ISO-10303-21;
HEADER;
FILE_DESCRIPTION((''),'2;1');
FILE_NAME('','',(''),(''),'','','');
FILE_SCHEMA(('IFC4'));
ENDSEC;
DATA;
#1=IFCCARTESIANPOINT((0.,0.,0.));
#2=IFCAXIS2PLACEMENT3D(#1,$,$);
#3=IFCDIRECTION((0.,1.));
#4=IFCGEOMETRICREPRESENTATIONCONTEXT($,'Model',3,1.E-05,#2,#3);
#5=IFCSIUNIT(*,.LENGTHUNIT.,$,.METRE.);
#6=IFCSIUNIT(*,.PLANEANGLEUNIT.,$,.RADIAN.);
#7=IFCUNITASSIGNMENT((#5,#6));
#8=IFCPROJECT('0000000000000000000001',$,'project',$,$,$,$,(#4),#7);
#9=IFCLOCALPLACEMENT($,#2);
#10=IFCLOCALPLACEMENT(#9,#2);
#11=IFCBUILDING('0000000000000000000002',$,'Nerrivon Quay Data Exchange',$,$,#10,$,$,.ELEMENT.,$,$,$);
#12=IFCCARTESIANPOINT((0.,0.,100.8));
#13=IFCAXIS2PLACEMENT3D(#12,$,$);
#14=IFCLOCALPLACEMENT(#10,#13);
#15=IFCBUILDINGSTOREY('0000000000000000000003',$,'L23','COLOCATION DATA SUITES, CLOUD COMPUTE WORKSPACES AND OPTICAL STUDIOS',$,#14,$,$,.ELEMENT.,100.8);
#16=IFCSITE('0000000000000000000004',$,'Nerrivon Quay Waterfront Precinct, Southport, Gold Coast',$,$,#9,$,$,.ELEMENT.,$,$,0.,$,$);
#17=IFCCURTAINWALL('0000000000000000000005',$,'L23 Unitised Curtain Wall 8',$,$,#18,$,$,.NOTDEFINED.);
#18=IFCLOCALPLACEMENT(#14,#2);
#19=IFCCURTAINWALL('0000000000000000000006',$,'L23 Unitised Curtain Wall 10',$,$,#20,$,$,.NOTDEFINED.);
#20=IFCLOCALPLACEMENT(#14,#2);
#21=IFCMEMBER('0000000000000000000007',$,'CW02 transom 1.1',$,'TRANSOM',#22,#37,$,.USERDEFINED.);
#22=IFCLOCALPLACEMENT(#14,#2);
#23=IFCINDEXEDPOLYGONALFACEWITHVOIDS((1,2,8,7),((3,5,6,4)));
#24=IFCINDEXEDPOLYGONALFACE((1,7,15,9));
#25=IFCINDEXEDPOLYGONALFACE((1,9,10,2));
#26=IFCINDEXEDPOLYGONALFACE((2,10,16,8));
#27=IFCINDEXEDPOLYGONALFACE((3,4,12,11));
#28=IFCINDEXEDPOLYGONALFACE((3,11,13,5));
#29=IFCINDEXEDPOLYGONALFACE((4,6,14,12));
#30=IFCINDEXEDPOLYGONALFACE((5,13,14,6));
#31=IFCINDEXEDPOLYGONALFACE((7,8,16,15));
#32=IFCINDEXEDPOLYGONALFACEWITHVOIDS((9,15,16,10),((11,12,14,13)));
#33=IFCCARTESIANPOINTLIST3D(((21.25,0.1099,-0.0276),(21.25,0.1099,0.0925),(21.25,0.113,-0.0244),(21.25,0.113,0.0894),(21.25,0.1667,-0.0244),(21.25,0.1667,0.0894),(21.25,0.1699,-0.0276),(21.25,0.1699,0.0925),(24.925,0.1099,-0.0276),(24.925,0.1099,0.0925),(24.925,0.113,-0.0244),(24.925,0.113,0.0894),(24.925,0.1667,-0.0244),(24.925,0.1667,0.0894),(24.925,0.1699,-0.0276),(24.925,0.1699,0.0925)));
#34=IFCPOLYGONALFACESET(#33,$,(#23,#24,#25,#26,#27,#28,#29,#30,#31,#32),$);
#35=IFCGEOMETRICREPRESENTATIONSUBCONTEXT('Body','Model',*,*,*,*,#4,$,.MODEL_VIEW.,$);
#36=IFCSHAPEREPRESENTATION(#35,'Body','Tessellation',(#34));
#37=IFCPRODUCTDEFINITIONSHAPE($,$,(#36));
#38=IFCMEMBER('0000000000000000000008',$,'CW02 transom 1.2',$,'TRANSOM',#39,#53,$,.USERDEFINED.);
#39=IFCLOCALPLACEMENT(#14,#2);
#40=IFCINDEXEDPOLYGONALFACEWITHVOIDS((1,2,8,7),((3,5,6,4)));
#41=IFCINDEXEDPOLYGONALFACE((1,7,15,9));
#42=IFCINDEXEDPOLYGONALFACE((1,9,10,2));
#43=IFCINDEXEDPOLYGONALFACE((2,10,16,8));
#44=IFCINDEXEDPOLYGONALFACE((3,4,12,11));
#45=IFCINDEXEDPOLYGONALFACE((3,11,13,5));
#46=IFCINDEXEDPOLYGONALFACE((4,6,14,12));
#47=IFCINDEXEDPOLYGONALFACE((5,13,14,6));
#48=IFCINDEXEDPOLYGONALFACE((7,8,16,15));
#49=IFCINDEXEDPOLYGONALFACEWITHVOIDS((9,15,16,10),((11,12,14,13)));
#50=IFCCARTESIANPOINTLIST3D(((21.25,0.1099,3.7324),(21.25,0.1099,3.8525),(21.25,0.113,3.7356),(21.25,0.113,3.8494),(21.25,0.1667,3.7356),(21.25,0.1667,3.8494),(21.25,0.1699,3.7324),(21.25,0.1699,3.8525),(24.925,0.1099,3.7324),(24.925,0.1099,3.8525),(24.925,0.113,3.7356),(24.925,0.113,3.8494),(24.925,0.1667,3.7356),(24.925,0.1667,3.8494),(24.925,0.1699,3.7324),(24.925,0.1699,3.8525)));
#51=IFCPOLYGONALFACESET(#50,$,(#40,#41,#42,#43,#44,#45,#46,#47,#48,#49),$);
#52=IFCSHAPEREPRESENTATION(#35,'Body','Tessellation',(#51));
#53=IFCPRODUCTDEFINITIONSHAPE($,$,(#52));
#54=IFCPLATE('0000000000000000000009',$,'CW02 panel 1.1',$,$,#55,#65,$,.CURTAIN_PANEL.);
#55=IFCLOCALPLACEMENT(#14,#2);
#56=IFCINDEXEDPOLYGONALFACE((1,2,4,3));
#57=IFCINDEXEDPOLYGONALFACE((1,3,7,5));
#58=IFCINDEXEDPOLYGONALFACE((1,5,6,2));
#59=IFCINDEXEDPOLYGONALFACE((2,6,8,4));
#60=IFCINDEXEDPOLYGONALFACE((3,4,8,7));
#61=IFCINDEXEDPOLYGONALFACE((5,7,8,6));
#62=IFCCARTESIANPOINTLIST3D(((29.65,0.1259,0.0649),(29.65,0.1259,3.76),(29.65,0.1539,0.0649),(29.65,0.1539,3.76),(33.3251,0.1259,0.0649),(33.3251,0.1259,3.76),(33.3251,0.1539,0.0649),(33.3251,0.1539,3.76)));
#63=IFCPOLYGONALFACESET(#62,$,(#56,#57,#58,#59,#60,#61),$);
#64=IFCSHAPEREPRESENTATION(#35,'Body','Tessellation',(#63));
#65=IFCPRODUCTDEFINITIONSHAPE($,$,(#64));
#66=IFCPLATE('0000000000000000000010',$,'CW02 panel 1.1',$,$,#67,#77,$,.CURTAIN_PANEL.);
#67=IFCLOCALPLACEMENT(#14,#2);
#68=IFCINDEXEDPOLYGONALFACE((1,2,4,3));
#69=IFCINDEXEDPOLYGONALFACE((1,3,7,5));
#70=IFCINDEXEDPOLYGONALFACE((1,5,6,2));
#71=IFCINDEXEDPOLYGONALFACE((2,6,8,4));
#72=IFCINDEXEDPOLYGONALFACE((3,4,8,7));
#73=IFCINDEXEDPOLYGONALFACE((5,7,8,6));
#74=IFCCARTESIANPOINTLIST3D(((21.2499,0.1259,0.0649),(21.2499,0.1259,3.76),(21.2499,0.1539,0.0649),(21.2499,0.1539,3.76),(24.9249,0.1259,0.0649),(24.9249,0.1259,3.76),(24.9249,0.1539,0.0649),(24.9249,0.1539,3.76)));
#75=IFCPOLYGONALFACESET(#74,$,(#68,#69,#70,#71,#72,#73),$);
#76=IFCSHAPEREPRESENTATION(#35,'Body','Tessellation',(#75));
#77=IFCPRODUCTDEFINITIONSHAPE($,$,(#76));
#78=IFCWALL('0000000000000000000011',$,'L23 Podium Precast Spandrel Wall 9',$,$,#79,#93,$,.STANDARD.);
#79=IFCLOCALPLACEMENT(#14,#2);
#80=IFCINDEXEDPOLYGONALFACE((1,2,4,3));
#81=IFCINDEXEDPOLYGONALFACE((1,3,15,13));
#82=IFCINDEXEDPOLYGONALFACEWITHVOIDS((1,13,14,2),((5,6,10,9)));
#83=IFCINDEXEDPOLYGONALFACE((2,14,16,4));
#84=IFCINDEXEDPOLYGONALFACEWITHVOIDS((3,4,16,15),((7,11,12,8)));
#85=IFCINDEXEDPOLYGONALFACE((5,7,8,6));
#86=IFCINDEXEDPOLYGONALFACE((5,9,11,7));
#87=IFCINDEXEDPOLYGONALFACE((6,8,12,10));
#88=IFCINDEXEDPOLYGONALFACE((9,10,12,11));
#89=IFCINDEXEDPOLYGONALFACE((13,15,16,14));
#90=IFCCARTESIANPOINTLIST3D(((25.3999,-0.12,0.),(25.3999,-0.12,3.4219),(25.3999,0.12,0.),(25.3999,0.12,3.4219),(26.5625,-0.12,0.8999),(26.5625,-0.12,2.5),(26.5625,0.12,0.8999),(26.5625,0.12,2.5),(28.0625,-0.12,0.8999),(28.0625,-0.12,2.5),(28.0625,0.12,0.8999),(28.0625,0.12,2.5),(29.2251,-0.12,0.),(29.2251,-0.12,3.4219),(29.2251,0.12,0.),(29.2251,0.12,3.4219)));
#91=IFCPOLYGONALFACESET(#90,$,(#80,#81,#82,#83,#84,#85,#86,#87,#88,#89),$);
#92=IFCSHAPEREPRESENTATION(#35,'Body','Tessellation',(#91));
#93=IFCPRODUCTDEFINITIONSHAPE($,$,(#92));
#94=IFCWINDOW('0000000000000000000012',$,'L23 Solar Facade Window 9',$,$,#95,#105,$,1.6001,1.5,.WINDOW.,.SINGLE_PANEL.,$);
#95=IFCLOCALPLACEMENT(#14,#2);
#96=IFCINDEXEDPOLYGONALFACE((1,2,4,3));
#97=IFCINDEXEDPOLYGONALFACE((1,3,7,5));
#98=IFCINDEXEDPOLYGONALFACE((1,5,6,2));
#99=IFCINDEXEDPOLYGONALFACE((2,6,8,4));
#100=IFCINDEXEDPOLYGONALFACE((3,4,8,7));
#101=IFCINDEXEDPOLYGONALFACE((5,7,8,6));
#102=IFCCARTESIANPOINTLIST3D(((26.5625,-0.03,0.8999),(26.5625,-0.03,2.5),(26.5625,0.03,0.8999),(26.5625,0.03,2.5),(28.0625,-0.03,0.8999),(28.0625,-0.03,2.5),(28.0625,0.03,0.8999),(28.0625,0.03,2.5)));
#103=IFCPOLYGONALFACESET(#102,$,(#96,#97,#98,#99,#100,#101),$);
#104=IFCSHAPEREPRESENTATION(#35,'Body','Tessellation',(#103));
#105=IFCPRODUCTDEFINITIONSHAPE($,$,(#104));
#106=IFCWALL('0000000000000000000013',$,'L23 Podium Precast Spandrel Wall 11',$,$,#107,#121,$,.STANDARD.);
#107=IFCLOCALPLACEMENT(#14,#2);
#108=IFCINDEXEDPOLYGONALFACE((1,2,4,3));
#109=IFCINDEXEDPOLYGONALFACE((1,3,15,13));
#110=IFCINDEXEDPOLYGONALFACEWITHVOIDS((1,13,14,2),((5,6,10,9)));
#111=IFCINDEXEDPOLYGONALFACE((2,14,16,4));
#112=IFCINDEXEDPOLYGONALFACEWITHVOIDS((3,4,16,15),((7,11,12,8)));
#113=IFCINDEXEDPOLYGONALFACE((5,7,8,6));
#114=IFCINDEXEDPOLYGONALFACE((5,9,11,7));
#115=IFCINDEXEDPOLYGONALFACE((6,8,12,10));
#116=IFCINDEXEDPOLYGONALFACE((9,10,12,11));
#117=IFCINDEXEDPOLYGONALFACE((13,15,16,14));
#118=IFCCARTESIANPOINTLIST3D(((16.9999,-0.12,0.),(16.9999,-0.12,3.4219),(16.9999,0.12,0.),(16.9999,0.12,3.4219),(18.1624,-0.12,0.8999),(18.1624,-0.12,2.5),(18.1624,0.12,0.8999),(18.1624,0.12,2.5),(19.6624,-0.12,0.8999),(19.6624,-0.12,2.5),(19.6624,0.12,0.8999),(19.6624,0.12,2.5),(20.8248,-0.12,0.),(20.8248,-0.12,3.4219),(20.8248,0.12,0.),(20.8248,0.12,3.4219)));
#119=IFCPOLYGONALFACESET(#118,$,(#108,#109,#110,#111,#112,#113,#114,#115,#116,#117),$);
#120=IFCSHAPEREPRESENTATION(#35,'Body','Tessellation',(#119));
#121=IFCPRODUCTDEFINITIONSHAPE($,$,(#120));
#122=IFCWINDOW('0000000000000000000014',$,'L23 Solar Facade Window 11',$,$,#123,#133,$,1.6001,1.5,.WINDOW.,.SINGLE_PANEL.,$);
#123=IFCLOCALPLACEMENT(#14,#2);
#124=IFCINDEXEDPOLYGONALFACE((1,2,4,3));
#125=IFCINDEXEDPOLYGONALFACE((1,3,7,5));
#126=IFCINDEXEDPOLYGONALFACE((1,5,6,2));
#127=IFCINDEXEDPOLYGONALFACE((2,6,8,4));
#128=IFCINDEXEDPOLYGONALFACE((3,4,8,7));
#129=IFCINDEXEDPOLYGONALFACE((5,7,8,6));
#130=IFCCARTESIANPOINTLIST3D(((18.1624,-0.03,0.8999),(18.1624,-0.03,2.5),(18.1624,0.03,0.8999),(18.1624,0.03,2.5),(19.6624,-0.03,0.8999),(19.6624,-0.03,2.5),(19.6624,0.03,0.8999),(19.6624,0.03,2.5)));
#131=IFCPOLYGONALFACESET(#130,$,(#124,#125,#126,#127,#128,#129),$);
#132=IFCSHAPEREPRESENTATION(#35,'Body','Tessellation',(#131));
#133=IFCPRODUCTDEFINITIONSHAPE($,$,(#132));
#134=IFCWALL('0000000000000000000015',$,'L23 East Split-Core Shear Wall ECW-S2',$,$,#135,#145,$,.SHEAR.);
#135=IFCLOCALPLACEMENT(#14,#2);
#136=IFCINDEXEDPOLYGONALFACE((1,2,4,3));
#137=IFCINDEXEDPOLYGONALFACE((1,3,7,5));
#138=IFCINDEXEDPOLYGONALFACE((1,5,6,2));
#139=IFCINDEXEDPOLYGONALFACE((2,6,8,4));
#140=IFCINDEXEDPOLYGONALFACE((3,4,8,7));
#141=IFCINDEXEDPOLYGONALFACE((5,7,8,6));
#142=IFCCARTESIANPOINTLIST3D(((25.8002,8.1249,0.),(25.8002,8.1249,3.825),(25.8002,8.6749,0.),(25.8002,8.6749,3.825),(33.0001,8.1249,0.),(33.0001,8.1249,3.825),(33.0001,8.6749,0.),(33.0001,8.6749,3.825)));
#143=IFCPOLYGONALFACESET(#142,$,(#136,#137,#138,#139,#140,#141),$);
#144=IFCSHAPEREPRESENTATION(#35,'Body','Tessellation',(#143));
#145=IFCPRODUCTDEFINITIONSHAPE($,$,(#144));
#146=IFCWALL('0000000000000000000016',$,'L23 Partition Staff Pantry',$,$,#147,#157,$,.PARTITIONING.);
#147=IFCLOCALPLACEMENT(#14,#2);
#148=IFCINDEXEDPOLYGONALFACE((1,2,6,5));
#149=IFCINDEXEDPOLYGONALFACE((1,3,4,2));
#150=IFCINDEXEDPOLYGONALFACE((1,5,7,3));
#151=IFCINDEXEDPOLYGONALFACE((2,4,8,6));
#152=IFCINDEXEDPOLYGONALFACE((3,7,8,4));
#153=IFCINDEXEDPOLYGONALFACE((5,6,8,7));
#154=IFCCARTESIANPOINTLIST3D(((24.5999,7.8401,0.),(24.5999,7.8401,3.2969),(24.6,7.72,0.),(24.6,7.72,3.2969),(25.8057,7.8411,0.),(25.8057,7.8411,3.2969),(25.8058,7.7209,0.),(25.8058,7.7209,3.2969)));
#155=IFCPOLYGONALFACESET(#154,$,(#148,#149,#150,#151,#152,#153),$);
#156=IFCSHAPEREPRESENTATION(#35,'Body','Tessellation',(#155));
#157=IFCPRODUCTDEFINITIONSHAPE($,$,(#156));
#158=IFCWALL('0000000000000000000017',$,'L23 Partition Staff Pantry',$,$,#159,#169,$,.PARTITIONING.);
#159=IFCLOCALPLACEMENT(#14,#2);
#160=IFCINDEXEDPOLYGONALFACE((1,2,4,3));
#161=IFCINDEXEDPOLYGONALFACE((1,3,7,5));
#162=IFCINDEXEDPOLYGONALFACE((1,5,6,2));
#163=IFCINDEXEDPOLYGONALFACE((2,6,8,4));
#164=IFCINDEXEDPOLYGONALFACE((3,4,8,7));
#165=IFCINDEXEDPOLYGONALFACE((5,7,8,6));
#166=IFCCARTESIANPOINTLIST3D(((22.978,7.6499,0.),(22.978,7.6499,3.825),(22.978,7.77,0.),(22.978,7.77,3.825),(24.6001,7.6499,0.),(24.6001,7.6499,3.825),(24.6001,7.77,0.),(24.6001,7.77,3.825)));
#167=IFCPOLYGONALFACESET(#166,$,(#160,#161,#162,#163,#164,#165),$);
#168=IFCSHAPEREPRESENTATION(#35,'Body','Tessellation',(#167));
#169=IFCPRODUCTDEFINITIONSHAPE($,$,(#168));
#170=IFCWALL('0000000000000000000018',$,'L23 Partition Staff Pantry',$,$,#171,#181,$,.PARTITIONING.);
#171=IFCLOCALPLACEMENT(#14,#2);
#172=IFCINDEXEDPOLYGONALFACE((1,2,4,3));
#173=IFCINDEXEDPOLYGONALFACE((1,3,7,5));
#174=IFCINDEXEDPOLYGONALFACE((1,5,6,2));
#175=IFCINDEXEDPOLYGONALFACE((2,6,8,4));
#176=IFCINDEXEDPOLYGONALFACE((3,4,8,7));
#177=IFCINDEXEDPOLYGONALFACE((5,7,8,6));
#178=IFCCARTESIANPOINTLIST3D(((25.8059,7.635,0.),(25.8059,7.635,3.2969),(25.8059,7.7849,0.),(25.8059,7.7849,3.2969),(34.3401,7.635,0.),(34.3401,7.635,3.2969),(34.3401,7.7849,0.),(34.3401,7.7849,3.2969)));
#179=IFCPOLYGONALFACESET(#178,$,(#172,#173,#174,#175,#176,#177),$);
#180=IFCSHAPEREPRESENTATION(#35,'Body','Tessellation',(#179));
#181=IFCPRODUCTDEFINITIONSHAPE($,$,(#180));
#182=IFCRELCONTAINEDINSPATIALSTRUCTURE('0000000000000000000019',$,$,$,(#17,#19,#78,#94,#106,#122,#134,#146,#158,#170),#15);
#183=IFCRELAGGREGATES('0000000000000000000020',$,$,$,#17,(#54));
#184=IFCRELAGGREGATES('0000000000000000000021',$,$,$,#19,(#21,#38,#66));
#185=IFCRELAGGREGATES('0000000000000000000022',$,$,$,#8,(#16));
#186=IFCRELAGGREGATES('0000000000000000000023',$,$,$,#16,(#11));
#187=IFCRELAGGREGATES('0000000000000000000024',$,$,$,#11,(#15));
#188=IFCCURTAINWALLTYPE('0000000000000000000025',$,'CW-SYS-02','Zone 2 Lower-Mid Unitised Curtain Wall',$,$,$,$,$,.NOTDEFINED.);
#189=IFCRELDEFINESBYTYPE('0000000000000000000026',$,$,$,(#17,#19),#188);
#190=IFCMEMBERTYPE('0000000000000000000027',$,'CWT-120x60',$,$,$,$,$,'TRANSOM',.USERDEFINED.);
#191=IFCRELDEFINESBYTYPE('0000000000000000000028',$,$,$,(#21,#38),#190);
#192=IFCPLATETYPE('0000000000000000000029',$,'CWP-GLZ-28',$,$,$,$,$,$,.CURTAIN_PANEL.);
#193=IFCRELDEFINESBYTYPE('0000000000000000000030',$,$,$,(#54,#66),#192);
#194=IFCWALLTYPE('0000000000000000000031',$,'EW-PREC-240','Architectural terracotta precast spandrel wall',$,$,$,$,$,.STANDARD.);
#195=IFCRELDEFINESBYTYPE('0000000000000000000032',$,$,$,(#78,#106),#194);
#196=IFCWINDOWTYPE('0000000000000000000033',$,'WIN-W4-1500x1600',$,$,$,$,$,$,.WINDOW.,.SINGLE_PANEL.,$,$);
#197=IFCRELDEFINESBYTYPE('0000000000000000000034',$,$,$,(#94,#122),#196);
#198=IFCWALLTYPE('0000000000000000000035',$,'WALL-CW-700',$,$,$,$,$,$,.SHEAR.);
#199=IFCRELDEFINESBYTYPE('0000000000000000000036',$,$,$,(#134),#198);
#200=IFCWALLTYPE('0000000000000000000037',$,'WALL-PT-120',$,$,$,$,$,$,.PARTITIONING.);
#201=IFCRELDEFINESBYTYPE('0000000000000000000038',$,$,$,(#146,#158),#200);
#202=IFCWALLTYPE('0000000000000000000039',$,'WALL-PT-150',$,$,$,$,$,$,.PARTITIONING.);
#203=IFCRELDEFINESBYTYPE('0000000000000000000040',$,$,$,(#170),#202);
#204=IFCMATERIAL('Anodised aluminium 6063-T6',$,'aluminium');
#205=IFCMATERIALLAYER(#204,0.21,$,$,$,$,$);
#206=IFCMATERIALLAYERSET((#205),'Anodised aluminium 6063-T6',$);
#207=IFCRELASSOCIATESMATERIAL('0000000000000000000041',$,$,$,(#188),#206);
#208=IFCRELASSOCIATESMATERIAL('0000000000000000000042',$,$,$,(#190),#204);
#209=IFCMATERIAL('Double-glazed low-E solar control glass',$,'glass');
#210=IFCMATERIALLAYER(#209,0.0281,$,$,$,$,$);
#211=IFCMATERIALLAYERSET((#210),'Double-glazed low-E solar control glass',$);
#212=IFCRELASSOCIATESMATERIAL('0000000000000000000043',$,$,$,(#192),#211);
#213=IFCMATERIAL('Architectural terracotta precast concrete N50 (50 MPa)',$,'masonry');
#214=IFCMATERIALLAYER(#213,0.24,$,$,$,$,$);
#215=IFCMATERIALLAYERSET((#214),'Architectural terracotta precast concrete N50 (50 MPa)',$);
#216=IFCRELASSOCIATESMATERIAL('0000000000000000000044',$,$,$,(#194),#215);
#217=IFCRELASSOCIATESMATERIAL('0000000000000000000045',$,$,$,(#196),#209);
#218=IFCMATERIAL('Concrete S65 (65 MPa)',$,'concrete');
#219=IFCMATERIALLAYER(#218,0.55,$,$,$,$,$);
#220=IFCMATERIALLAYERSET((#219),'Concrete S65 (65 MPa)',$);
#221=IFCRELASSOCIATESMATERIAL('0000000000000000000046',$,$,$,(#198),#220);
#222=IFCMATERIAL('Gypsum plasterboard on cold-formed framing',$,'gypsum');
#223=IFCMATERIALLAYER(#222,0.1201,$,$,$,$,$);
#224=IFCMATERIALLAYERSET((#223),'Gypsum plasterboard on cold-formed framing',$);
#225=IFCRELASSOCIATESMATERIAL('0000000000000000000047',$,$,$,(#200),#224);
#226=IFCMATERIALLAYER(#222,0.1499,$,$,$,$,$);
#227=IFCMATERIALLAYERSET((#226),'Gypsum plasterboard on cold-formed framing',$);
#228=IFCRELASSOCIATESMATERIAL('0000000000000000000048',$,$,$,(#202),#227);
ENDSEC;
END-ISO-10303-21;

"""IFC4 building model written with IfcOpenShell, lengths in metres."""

from ifc_helpers import new_model, si_unit, direction, frame, frame_2d, origin, origin_2d, place, context, subcontext, project, spatial, rectangle, hollow_rectangle, extrude, material, layer, layer_set, material_profile, profile_set, type_object, element, fill, aggregate, save


model = new_model("IFC4")

# Units and contexts
model_context = context("Model", 3, precision=1e-05, world=origin(), true_north=direction((0.0, 1.0)))
body_context = subcontext(model_context, "Body", "Model", "MODEL_VIEW")
ifc_project = project(units=[si_unit("LENGTHUNIT", "METRE"), si_unit("PLANEANGLEUNIT", "RADIAN")], contexts=[model_context])

# Site, building, storey
site_placement = place(None, origin())
site = spatial("IfcSite", under=ifc_project, at=site_placement, Name="Nerrivon Quay Waterfront Precinct, Southport, Gold Coast", CompositionType="ELEMENT", RefElevation=0.0)
building_placement = place(site_placement, origin())
building = spatial("IfcBuilding", under=site, at=building_placement, Name="Nerrivon Quay Data Exchange", CompositionType="ELEMENT")
storey_placement = place(building_placement, frame((0.0, 0.0, 100.8)))
storey = spatial("IfcBuildingStorey", under=building, at=storey_placement, Name="L23", Description="COLOCATION DATA SUITES, CLOUD COMPUTE WORKSPACES AND OPTICAL STUDIOS", CompositionType="ELEMENT", Elevation=100.8)

# Shared definitions
ifc_material_1 = material(Name="Concrete S65 (65 MPa)", Category="concrete")

# Curtain wall
ifc_material_2 = material(Name="Anodised aluminium 6063-T6", Category="aluminium")
ifc_layer_1 = layer(ifc_material_2, 0.21)
ifc_layer_set_1 = layer_set([ifc_layer_1], Name="Anodised aluminium 6063-T6")
curtain_wall_type = type_object("IfcCurtainWallType", Name="CW-SYS-02", Description="Zone 2 Lower-Mid Unitised Curtain Wall", PredefinedType="NOTDEFINED", material=ifc_layer_set_1)
curtain_wall_1_placement = place(storey_placement, origin())
curtain_wall_1 = element("IfcCurtainWall", 1, at=curtain_wall_1_placement, inside=storey, type_object=curtain_wall_type, Name="L23 Unitised Curtain Wall 8", PredefinedType="NOTDEFINED")

# Curtain wall, members
curtain_wall_2_placement = place(storey_placement, origin())
curtain_wall_2 = element("IfcCurtainWall", 2, at=curtain_wall_2_placement, inside=storey, type_object=curtain_wall_type, Name="L23 Unitised Curtain Wall 10", PredefinedType="NOTDEFINED")
ifc_material_profile_1 = material_profile(ifc_material_2, hollow_rectangle(XDim=0.0601, YDim=0.1201, WallThickness=0.0032, at=origin_2d()), Name="ALU-TRAN-120x60")
ifc_profile_set_1 = profile_set([ifc_material_profile_1], Name="Anodised aluminium 6063-T6")
member_type_1 = type_object("IfcMemberType", Name="CWT-120x60", ElementType="TRANSOM", PredefinedType="USERDEFINED", material=ifc_profile_set_1)
member_1_placement = place(storey_placement, frame((24.925, 0.1399, 0.0325), z_axis=(-1.0, 0.0, 0.0), x_axis=(0.0, -1.0, 0.0)))
member_1 = element("IfcMember", 3, at=member_1_placement, type_object=member_type_1, Name="CW02 transom 1.1", ObjectType="TRANSOM", PredefinedType="USERDEFINED", context=body_context, shape_type="SweptSolid", body=[
    extrude(hollow_rectangle(XDim=0.0601, YDim=0.1201, WallThickness=0.0032, at=origin_2d()), origin(), (0.0, 0.0, 1.0), 3.675),
])
member_2_placement = place(storey_placement, frame((24.925, 0.1399, 3.7925), z_axis=(-1.0, 0.0, 0.0), x_axis=(0.0, -1.0, 0.0)))
member_2 = element("IfcMember", 4, at=member_2_placement, type_object=member_type_1, Name="CW02 transom 1.2", ObjectType="TRANSOM", PredefinedType="USERDEFINED", context=body_context, shape_type="SweptSolid", body=[
    extrude(hollow_rectangle(XDim=0.0601, YDim=0.1201, WallThickness=0.0032, at=origin_2d()), origin(), (0.0, 0.0, 1.0), 3.675),
])

# Plates
ifc_material_3 = material(Name="Double-glazed low-E solar control glass", Category="glass")
ifc_layer_2 = layer(ifc_material_3, 0.0281)
ifc_layer_set_2 = layer_set([ifc_layer_2], Name="Double-glazed low-E solar control glass")
plate_type = type_object("IfcPlateType", Name="CWP-GLZ-28", PredefinedType="CURTAIN_PANEL", material=ifc_layer_set_2)
plate_1_placement = place(storey_placement, frame((31.4875, 0.1399, 0.0649), z_axis=(0.0, 0.0, 1.0), x_axis=(-1.0, 0.0, 0.0)))
plate_1 = element("IfcPlate", 5, at=plate_1_placement, type_object=plate_type, Name="CW02 panel 1.1", PredefinedType="CURTAIN_PANEL", context=body_context, shape_type="SweptSolid", body=[
    extrude(rectangle(XDim=3.675, YDim=0.0281, at=origin_2d()), origin(), (0.0, 0.0, 1.0), 3.6951),
])
aggregate(curtain_wall_1, [plate_1])
plate_2_placement = place(storey_placement, frame((23.0874, 0.1399, 0.0649), z_axis=(0.0, 0.0, 1.0), x_axis=(-1.0, 0.0, 0.0)))
plate_2 = element("IfcPlate", 6, at=plate_2_placement, type_object=plate_type, Name="CW02 panel 1.1", PredefinedType="CURTAIN_PANEL", context=body_context, shape_type="SweptSolid", body=[
    extrude(rectangle(XDim=3.675, YDim=0.0281, at=origin_2d()), origin(), (0.0, 0.0, 1.0), 3.6951),
])
aggregate(curtain_wall_2, [member_1, member_2, plate_2])

# Walls, openings, windows
ifc_material_4 = material(Name="Architectural terracotta precast concrete N50 (50 MPa)", Category="masonry")
ifc_layer_3 = layer(ifc_material_4, 0.24)
ifc_layer_set_3 = layer_set([ifc_layer_3], Name="Architectural terracotta precast concrete N50 (50 MPa)")
wall_type_1 = type_object("IfcWallType", Name="EW-PREC-240", Description="Architectural terracotta precast spandrel wall", PredefinedType="STANDARD", material=ifc_layer_set_3)
wall_1_placement = place(storey_placement, frame((29.2251, 0.0, 0.0), z_axis=(0.0, 0.0, 1.0), x_axis=(-1.0, 0.0, 0.0)))
wall_1 = element("IfcWall", 7, at=wall_1_placement, inside=storey, type_object=wall_type_1, Name="L23 Podium Precast Spandrel Wall 9", PredefinedType="STANDARD", context=body_context, shape_type="SweptSolid", body=[
    extrude(rectangle(XDim=3.8252, YDim=0.24, at=frame_2d((1.9126, 0.0))), origin(), (0.0, 0.0, 1.0), 3.4219),
])
opening_1_placement = place(wall_1_placement, frame((1.1626, 0.0, 0.8999)))
opening_1 = element("IfcOpeningElement", 8, at=opening_1_placement, cuts=wall_1, PredefinedType="OPENING", context=body_context, shape_type="SweptSolid", body=[
    extrude(rectangle(XDim=1.5, YDim=1.6001, at=frame_2d((0.75, 0.8))), frame((0.0, 0.1299, 0.0), z_axis=(0.0, -1.0, 0.0), x_axis=(1.0, 0.0, 0.0)), (0.0, 0.0, 1.0), 0.26),
])
window_type = type_object("IfcWindowType", Name="WIN-W4-1500x1600", PartitioningType="SINGLE_PANEL", PredefinedType="WINDOW", material=ifc_material_3)
window_1_placement = place(opening_1_placement, origin())
window_1 = element("IfcWindow", 9, at=window_1_placement, inside=storey, type_object=window_type, Name="L23 Solar Facade Window 9", OverallHeight=1.6001, OverallWidth=1.5, PartitioningType="SINGLE_PANEL", PredefinedType="WINDOW", context=body_context, shape_type="SweptSolid", body=[
    extrude(rectangle(XDim=1.5, YDim=1.6001, at=frame_2d((0.75, 0.8))), frame((0.0, 0.03, 0.0), z_axis=(0.0, -1.0, 0.0), x_axis=(1.0, 0.0, 0.0)), (0.0, 0.0, 1.0), 0.0601),
])
fill(opening_1, window_1)
wall_2_placement = place(storey_placement, frame((20.825, 0.0, 0.0), z_axis=(0.0, 0.0, 1.0), x_axis=(-1.0, 0.0, 0.0)))
wall_2 = element("IfcWall", 10, at=wall_2_placement, inside=storey, type_object=wall_type_1, Name="L23 Podium Precast Spandrel Wall 11", PredefinedType="STANDARD", context=body_context, shape_type="SweptSolid", body=[
    extrude(rectangle(XDim=3.825, YDim=0.24, at=frame_2d((1.9126, 0.0))), origin(), (0.0, 0.0, 1.0), 3.4219),
])
opening_2_placement = place(wall_2_placement, frame((1.1626, 0.0, 0.8999)))
opening_2 = element("IfcOpeningElement", 11, at=opening_2_placement, cuts=wall_2, PredefinedType="OPENING", context=body_context, shape_type="SweptSolid", body=[
    extrude(rectangle(XDim=1.5, YDim=1.6001, at=frame_2d((0.75, 0.8))), frame((0.0, 0.1299, 0.0), z_axis=(0.0, -1.0, 0.0), x_axis=(1.0, 0.0, 0.0)), (0.0, 0.0, 1.0), 0.26),
])
window_2_placement = place(opening_2_placement, origin())
window_2 = element("IfcWindow", 12, at=window_2_placement, inside=storey, type_object=window_type, Name="L23 Solar Facade Window 11", OverallHeight=1.6001, OverallWidth=1.5, PartitioningType="SINGLE_PANEL", PredefinedType="WINDOW", context=body_context, shape_type="SweptSolid", body=[
    extrude(rectangle(XDim=1.5, YDim=1.6001, at=frame_2d((0.75, 0.8))), frame((0.0, 0.03, 0.0), z_axis=(0.0, -1.0, 0.0), x_axis=(1.0, 0.0, 0.0)), (0.0, 0.0, 1.0), 0.0601),
])
fill(opening_2, window_2)

# Wall
ifc_layer_4 = layer(ifc_material_1, 0.55)
ifc_layer_set_4 = layer_set([ifc_layer_4], Name="Concrete S65 (65 MPa)")
wall_type_2 = type_object("IfcWallType", Name="WALL-CW-700", PredefinedType="SHEAR", material=ifc_layer_set_4)
wall_3_placement = place(storey_placement, frame((25.8, 8.3999, 0.0), z_axis=(0.0, 0.0, 1.0), x_axis=(1.0, 0.0, 0.0)))
element("IfcWall", 13, at=wall_3_placement, inside=storey, type_object=wall_type_2, Name="L23 East Split-Core Shear Wall ECW-S2", PredefinedType="SHEAR", context=body_context, shape_type="SweptSolid", body=[
    extrude(rectangle(XDim=7.2, YDim=0.55, at=frame_2d((3.6001, 0.0))), origin(), (0.0, 0.0, 1.0), 3.825),
])

# Walls
ifc_material_5 = material(Name="Gypsum plasterboard on cold-formed framing", Category="gypsum")
ifc_layer_5 = layer(ifc_material_5, 0.1201)
ifc_layer_set_5 = layer_set([ifc_layer_5], Name="Gypsum plasterboard on cold-formed framing")
wall_type_3 = type_object("IfcWallType", Name="WALL-PT-120", PredefinedType="PARTITIONING", material=ifc_layer_set_5)
wall_4_placement = place(storey_placement, frame((25.8059, 7.781, 0.0), z_axis=(0.0, 0.0, 1.0), x_axis=(-1.0, -0.00081, 0.0)))
element("IfcWall", 14, at=wall_4_placement, inside=storey, type_object=wall_type_3, Name="L23 Partition Staff Pantry", PredefinedType="PARTITIONING", context=body_context, shape_type="SweptSolid", body=[
    extrude(rectangle(XDim=1.2058, YDim=0.1201, at=frame_2d((0.603, 0.0))), origin(), (0.0, 0.0, 1.0), 3.2969),
])
wall_5_placement = place(storey_placement, frame((22.978, 7.71, 0.0), z_axis=(0.0, 0.0, 1.0), x_axis=(1.0, 0.0, 0.0)))
element("IfcWall", 15, at=wall_5_placement, inside=storey, type_object=wall_type_3, Name="L23 Partition Staff Pantry", PredefinedType="PARTITIONING", context=body_context, shape_type="SweptSolid", body=[
    extrude(rectangle(XDim=1.6221, YDim=0.1201, at=frame_2d((0.811, 0.0))), origin(), (0.0, 0.0, 1.0), 3.825),
])
ifc_layer_6 = layer(ifc_material_5, 0.1499)
ifc_layer_set_6 = layer_set([ifc_layer_6], Name="Gypsum plasterboard on cold-formed framing")
wall_type_4 = type_object("IfcWallType", Name="WALL-PT-150", PredefinedType="PARTITIONING", material=ifc_layer_set_6)
wall_6_placement = place(storey_placement, frame((25.8059, 7.71, 0.0), z_axis=(0.0, 0.0, 1.0), x_axis=(1.0, 0.0, 0.0)))
element("IfcWall", 16, at=wall_6_placement, inside=storey, type_object=wall_type_4, Name="L23 Partition Staff Pantry", PredefinedType="PARTITIONING", context=body_context, shape_type="SweptSolid", body=[
    extrude(rectangle(XDim=8.5342, YDim=0.1499, at=frame_2d((4.2671, 0.0))), origin(), (0.0, 0.0, 1.0), 3.2969),
])

save(model, "model.ifc")
